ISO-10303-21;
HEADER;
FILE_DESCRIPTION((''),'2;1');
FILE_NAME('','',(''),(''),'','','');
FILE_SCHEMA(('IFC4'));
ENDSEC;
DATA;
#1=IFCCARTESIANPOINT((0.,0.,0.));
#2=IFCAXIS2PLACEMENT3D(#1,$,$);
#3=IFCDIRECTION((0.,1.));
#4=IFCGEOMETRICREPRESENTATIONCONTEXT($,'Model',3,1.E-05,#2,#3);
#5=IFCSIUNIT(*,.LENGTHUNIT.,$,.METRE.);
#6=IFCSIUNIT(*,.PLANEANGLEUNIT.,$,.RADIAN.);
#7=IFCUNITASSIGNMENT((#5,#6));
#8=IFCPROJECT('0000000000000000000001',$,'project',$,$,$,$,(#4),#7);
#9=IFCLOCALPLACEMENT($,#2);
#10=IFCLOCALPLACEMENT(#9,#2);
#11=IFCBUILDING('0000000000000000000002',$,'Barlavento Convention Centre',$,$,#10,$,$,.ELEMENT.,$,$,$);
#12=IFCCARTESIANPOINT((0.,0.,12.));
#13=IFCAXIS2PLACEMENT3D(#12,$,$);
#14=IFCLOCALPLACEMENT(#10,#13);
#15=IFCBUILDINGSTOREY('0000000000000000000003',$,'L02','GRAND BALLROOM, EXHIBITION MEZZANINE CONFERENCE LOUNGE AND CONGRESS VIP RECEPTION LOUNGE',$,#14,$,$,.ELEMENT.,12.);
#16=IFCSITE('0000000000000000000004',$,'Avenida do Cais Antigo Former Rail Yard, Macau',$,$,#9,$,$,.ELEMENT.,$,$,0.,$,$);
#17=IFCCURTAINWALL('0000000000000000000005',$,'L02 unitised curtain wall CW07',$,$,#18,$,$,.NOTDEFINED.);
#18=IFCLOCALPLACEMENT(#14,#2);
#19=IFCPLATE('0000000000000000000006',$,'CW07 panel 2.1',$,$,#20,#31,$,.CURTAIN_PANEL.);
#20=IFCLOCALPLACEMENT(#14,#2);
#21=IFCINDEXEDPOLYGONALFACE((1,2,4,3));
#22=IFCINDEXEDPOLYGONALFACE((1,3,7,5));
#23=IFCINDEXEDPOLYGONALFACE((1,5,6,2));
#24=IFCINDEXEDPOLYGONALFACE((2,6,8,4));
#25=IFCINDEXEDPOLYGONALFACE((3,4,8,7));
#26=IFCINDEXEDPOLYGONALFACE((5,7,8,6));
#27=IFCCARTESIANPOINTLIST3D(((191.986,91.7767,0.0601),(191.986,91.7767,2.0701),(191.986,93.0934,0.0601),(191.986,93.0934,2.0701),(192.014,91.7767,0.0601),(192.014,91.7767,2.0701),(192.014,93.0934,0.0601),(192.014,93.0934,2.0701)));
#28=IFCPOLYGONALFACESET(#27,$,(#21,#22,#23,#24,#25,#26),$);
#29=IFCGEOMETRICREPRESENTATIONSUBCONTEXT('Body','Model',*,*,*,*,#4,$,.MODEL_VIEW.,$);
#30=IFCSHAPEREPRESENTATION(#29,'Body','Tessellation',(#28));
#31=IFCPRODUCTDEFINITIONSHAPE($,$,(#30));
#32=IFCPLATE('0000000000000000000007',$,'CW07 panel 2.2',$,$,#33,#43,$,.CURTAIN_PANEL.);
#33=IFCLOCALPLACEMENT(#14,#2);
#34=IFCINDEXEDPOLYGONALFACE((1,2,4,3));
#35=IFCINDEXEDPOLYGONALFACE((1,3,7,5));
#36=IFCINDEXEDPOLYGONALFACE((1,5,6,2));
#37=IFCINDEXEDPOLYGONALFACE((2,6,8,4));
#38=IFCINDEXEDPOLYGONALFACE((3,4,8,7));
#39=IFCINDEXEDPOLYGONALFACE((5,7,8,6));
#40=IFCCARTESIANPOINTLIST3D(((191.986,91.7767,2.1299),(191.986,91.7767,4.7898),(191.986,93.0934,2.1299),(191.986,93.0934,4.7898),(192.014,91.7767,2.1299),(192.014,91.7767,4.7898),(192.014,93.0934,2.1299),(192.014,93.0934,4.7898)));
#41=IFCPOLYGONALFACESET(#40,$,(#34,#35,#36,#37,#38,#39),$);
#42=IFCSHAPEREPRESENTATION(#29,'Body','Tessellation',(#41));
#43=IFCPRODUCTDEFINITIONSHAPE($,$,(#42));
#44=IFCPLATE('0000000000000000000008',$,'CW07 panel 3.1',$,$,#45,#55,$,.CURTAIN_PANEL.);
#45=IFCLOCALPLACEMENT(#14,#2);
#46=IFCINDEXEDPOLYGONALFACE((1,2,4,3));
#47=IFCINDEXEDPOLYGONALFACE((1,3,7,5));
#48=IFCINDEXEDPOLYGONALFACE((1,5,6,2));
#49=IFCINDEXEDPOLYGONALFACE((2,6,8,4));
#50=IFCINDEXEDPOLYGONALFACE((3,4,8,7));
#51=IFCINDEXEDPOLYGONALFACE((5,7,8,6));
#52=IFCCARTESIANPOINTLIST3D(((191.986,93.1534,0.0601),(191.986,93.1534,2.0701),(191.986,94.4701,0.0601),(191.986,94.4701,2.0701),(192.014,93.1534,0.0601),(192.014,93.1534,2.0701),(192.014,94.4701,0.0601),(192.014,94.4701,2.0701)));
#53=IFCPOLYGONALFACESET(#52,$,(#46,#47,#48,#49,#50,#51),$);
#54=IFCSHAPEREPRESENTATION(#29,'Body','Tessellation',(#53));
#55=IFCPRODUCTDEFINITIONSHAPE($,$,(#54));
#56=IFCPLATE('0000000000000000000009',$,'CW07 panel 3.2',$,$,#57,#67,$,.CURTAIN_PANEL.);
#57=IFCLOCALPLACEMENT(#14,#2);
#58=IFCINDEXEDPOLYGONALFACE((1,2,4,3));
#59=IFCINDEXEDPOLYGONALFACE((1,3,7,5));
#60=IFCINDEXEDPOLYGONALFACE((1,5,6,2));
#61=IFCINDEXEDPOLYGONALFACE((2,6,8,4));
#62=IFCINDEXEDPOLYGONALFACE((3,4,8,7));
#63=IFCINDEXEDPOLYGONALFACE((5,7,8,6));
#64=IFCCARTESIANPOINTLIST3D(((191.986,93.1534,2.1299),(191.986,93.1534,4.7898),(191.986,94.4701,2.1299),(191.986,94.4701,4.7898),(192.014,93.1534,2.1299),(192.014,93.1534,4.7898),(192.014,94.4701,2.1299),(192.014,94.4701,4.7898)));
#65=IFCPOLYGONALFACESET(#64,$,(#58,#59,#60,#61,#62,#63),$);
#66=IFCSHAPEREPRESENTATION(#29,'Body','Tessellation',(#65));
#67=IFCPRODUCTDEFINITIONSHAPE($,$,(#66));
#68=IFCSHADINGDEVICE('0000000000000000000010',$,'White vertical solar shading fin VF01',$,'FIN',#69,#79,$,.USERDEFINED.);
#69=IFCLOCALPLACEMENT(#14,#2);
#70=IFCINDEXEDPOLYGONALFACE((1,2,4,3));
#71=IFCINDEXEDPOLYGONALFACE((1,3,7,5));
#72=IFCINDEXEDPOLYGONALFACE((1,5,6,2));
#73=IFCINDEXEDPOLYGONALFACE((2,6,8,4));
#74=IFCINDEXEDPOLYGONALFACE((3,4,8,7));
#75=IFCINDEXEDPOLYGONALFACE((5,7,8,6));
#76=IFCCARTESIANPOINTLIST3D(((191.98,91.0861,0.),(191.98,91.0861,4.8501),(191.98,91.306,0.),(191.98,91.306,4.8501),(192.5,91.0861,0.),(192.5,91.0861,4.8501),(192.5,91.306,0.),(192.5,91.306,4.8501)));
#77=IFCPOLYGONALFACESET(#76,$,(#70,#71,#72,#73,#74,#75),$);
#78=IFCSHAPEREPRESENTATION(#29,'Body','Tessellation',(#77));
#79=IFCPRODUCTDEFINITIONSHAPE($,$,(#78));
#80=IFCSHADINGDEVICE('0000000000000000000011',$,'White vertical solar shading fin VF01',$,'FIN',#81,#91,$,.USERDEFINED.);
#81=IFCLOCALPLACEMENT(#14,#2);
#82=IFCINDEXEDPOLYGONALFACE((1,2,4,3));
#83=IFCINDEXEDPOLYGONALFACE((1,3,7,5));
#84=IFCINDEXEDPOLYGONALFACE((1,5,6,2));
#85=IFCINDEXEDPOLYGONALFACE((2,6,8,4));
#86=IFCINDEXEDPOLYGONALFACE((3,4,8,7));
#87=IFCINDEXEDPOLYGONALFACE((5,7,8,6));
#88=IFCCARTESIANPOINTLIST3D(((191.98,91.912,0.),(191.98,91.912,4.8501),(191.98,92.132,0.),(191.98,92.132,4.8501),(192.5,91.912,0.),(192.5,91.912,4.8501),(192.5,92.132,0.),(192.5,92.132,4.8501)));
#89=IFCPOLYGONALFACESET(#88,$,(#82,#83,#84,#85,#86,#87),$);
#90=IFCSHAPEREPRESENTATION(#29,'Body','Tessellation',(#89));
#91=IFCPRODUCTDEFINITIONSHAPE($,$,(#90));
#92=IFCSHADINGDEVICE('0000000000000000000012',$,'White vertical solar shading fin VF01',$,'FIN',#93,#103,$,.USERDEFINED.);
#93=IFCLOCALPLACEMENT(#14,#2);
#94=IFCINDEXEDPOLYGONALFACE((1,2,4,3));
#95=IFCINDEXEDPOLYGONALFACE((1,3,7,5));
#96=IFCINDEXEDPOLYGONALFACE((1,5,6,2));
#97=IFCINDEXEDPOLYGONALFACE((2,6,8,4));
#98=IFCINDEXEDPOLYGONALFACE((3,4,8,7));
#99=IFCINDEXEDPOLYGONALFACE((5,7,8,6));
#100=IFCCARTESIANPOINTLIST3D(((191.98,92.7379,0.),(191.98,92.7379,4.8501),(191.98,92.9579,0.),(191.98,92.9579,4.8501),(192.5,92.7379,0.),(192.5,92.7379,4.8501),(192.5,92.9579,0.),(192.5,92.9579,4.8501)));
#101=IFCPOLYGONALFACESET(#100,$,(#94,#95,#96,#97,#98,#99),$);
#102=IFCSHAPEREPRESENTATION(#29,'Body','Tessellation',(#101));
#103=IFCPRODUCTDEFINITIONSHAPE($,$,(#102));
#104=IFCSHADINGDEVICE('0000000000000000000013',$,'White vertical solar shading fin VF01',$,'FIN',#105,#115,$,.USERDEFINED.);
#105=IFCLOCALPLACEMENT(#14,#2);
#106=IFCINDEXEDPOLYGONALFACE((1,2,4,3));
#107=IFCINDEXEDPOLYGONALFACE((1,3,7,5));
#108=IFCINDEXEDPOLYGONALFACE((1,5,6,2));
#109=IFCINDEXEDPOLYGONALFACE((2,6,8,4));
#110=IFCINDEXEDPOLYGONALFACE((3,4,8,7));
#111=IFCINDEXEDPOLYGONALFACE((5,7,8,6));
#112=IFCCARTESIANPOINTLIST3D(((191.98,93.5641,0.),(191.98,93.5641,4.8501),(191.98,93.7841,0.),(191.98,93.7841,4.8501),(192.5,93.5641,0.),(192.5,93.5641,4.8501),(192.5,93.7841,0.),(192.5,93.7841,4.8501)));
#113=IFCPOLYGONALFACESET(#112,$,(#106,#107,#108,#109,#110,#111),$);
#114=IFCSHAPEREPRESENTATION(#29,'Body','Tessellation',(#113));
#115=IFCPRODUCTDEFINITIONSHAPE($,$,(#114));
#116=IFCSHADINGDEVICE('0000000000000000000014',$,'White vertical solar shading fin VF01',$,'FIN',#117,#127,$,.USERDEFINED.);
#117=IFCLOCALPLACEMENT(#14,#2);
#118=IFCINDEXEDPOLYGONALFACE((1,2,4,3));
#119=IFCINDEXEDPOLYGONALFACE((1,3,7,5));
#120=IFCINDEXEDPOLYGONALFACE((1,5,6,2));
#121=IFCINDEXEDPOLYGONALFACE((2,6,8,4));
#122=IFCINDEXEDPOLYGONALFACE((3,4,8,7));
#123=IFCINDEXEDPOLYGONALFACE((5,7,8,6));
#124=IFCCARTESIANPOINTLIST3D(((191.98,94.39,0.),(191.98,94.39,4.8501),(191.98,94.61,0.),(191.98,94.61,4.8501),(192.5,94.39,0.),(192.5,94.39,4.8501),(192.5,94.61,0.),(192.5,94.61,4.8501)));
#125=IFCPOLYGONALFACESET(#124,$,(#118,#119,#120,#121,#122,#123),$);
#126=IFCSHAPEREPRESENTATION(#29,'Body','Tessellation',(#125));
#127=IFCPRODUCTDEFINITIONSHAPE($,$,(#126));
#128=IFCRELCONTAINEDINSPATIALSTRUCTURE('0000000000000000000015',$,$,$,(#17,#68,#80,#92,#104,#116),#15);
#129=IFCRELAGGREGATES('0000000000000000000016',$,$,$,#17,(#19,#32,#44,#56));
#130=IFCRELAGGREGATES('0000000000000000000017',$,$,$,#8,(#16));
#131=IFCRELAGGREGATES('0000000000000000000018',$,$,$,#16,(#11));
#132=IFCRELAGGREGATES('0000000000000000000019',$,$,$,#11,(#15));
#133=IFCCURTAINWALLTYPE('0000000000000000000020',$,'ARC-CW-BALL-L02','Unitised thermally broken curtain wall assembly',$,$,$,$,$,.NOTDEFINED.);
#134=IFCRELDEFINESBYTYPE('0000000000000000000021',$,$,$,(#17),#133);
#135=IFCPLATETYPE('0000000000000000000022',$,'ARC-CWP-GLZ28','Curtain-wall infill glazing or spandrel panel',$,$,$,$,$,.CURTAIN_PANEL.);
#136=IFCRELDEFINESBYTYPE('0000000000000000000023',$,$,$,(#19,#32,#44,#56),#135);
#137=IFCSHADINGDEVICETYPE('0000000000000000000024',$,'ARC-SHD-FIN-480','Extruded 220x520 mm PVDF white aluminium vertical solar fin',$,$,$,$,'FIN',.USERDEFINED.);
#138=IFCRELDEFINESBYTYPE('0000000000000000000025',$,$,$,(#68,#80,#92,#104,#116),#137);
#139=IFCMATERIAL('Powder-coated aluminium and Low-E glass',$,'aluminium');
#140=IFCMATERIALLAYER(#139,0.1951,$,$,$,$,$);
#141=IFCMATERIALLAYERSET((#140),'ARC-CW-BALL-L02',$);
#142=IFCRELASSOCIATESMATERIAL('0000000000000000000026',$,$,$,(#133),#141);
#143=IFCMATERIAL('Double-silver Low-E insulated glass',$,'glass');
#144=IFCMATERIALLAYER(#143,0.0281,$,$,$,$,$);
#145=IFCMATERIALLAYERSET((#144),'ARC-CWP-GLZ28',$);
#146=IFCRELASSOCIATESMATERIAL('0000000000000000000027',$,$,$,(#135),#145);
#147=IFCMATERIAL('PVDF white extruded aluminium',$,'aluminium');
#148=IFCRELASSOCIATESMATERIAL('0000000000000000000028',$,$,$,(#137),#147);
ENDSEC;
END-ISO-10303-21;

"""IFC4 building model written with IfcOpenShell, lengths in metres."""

from ifc_helpers import new_model, si_unit, direction, frame, origin, origin_2d, place, context, subcontext, project, spatial, rectangle, extrude, material, layer, layer_set, type_object, element, aggregate, save


model = new_model("IFC4")

# Units and contexts
model_context = context("Model", 3, precision=1e-05, world=origin(), true_north=direction((0.0, 1.0)))
body_context = subcontext(model_context, "Body", "Model", "MODEL_VIEW")
ifc_project = project(units=[si_unit("LENGTHUNIT", "METRE"), si_unit("PLANEANGLEUNIT", "RADIAN")], contexts=[model_context])

# Site, building, storey
site_placement = place(None, origin())
site = spatial("IfcSite", under=ifc_project, at=site_placement, Name="Avenida do Cais Antigo Former Rail Yard, Macau", CompositionType="ELEMENT", RefElevation=0.0)
building_placement = place(site_placement, origin())
building = spatial("IfcBuilding", under=site, at=building_placement, Name="Barlavento Convention Centre", CompositionType="ELEMENT")
storey_placement = place(building_placement, frame((0.0, 0.0, 12.0)))
storey = spatial("IfcBuildingStorey", under=building, at=storey_placement, Name="L02", Description="GRAND BALLROOM, EXHIBITION MEZZANINE CONFERENCE LOUNGE AND CONGRESS VIP RECEPTION LOUNGE", CompositionType="ELEMENT", Elevation=12.0)

# Curtain wall, plates
ifc_material_1 = material(Name="Powder-coated aluminium and Low-E glass", Category="aluminium")
ifc_layer_1 = layer(ifc_material_1, 0.1951)
ifc_layer_set_1 = layer_set([ifc_layer_1], Name="ARC-CW-BALL-L02")
curtain_wall_type = type_object("IfcCurtainWallType", Name="ARC-CW-BALL-L02", Description="Unitised thermally broken curtain wall assembly", PredefinedType="NOTDEFINED", material=ifc_layer_set_1)
curtain_wall_placement = place(storey_placement, origin())
curtain_wall = element("IfcCurtainWall", 1, at=curtain_wall_placement, inside=storey, type_object=curtain_wall_type, Name="L02 unitised curtain wall CW07", PredefinedType="NOTDEFINED")
ifc_material_2 = material(Name="Double-silver Low-E insulated glass", Category="glass")
ifc_layer_2 = layer(ifc_material_2, 0.0281)
ifc_layer_set_2 = layer_set([ifc_layer_2], Name="ARC-CWP-GLZ28")
plate_type = type_object("IfcPlateType", Name="ARC-CWP-GLZ28", Description="Curtain-wall infill glazing or spandrel panel", PredefinedType="CURTAIN_PANEL", material=ifc_layer_set_2)
plate_1_placement = place(storey_placement, frame((192.0, 92.4351, 0.0601), z_axis=(0.0, 0.0, 1.0), x_axis=(0.0, 1.0, 0.0)))
plate_1 = element("IfcPlate", 2, at=plate_1_placement, type_object=plate_type, Name="CW07 panel 2.1", PredefinedType="CURTAIN_PANEL", context=body_context, shape_type="SweptSolid", body=[
    extrude(rectangle(XDim=1.3167, YDim=0.0281, at=origin_2d()), origin(), (0.0, 0.0, 1.0), 2.01),
])
plate_2_placement = place(storey_placement, frame((192.0, 92.4351, 2.1299), z_axis=(0.0, 0.0, 1.0), x_axis=(0.0, 1.0, 0.0)))
plate_2 = element("IfcPlate", 3, at=plate_2_placement, type_object=plate_type, Name="CW07 panel 2.2", PredefinedType="CURTAIN_PANEL", context=body_context, shape_type="SweptSolid", body=[
    extrude(rectangle(XDim=1.3167, YDim=0.0281, at=origin_2d()), origin(), (0.0, 0.0, 1.0), 2.6599),
])
plate_3_placement = place(storey_placement, frame((192.0, 93.8118, 0.0601), z_axis=(0.0, 0.0, 1.0), x_axis=(0.0, 1.0, 0.0)))
plate_3 = element("IfcPlate", 4, at=plate_3_placement, type_object=plate_type, Name="CW07 panel 3.1", PredefinedType="CURTAIN_PANEL", context=body_context, shape_type="SweptSolid", body=[
    extrude(rectangle(XDim=1.3167, YDim=0.0281, at=origin_2d()), origin(), (0.0, 0.0, 1.0), 2.01),
])
plate_4_placement = place(storey_placement, frame((192.0, 93.8118, 2.1299), z_axis=(0.0, 0.0, 1.0), x_axis=(0.0, 1.0, 0.0)))
plate_4 = element("IfcPlate", 5, at=plate_4_placement, type_object=plate_type, Name="CW07 panel 3.2", PredefinedType="CURTAIN_PANEL", context=body_context, shape_type="SweptSolid", body=[
    extrude(rectangle(XDim=1.3167, YDim=0.0281, at=origin_2d()), origin(), (0.0, 0.0, 1.0), 2.6599),
])
aggregate(curtain_wall, [plate_1, plate_2, plate_3, plate_4])

# Shading devices
ifc_material_3 = material(Name="PVDF white extruded aluminium", Category="aluminium")
shading_device_type = type_object("IfcShadingDeviceType", Name="ARC-SHD-FIN-480", Description="Extruded 220x520 mm PVDF white aluminium vertical solar fin", ElementType="FIN", PredefinedType="USERDEFINED", material=ifc_material_3)
for number, where, z_axis, x_axis, name in (
    (6, (192.24, 91.196, 0.0), (0.0, 0.0, 1.0), (0.0, 1.0, 0.0), "White vertical solar shading fin VF01"),
    (7, (192.24, 92.022, 0.0), (0.0, 0.0, 1.0), (0.0, 1.0, 0.0), "White vertical solar shading fin VF01"),
    (8, (192.24, 92.8479, 0.0), (0.0, 0.0, 1.0), (0.0, 1.0, 0.0), "White vertical solar shading fin VF01"),
    (9, (192.24, 93.6741, 0.0), (0.0, 0.0, 1.0), (0.0, 1.0, 0.0), "White vertical solar shading fin VF01"),
    (10, (192.24, 94.5, 0.0), (0.0, 0.0, 1.0), (0.0, 1.0, 0.0), "White vertical solar shading fin VF01"),
):
    element("IfcShadingDevice", number, at=place(storey_placement, frame(where, z_axis=z_axis, x_axis=x_axis)), inside=storey, type_object=shading_device_type, Name=name, ObjectType="FIN", PredefinedType="USERDEFINED", context=body_context, shape_type="SweptSolid", body=[
        extrude(rectangle(XDim=0.22, YDim=0.52, at=origin_2d()), origin(), (0.0, 0.0, 1.0), 4.8501),
    ])

save(model, "model.ifc")
